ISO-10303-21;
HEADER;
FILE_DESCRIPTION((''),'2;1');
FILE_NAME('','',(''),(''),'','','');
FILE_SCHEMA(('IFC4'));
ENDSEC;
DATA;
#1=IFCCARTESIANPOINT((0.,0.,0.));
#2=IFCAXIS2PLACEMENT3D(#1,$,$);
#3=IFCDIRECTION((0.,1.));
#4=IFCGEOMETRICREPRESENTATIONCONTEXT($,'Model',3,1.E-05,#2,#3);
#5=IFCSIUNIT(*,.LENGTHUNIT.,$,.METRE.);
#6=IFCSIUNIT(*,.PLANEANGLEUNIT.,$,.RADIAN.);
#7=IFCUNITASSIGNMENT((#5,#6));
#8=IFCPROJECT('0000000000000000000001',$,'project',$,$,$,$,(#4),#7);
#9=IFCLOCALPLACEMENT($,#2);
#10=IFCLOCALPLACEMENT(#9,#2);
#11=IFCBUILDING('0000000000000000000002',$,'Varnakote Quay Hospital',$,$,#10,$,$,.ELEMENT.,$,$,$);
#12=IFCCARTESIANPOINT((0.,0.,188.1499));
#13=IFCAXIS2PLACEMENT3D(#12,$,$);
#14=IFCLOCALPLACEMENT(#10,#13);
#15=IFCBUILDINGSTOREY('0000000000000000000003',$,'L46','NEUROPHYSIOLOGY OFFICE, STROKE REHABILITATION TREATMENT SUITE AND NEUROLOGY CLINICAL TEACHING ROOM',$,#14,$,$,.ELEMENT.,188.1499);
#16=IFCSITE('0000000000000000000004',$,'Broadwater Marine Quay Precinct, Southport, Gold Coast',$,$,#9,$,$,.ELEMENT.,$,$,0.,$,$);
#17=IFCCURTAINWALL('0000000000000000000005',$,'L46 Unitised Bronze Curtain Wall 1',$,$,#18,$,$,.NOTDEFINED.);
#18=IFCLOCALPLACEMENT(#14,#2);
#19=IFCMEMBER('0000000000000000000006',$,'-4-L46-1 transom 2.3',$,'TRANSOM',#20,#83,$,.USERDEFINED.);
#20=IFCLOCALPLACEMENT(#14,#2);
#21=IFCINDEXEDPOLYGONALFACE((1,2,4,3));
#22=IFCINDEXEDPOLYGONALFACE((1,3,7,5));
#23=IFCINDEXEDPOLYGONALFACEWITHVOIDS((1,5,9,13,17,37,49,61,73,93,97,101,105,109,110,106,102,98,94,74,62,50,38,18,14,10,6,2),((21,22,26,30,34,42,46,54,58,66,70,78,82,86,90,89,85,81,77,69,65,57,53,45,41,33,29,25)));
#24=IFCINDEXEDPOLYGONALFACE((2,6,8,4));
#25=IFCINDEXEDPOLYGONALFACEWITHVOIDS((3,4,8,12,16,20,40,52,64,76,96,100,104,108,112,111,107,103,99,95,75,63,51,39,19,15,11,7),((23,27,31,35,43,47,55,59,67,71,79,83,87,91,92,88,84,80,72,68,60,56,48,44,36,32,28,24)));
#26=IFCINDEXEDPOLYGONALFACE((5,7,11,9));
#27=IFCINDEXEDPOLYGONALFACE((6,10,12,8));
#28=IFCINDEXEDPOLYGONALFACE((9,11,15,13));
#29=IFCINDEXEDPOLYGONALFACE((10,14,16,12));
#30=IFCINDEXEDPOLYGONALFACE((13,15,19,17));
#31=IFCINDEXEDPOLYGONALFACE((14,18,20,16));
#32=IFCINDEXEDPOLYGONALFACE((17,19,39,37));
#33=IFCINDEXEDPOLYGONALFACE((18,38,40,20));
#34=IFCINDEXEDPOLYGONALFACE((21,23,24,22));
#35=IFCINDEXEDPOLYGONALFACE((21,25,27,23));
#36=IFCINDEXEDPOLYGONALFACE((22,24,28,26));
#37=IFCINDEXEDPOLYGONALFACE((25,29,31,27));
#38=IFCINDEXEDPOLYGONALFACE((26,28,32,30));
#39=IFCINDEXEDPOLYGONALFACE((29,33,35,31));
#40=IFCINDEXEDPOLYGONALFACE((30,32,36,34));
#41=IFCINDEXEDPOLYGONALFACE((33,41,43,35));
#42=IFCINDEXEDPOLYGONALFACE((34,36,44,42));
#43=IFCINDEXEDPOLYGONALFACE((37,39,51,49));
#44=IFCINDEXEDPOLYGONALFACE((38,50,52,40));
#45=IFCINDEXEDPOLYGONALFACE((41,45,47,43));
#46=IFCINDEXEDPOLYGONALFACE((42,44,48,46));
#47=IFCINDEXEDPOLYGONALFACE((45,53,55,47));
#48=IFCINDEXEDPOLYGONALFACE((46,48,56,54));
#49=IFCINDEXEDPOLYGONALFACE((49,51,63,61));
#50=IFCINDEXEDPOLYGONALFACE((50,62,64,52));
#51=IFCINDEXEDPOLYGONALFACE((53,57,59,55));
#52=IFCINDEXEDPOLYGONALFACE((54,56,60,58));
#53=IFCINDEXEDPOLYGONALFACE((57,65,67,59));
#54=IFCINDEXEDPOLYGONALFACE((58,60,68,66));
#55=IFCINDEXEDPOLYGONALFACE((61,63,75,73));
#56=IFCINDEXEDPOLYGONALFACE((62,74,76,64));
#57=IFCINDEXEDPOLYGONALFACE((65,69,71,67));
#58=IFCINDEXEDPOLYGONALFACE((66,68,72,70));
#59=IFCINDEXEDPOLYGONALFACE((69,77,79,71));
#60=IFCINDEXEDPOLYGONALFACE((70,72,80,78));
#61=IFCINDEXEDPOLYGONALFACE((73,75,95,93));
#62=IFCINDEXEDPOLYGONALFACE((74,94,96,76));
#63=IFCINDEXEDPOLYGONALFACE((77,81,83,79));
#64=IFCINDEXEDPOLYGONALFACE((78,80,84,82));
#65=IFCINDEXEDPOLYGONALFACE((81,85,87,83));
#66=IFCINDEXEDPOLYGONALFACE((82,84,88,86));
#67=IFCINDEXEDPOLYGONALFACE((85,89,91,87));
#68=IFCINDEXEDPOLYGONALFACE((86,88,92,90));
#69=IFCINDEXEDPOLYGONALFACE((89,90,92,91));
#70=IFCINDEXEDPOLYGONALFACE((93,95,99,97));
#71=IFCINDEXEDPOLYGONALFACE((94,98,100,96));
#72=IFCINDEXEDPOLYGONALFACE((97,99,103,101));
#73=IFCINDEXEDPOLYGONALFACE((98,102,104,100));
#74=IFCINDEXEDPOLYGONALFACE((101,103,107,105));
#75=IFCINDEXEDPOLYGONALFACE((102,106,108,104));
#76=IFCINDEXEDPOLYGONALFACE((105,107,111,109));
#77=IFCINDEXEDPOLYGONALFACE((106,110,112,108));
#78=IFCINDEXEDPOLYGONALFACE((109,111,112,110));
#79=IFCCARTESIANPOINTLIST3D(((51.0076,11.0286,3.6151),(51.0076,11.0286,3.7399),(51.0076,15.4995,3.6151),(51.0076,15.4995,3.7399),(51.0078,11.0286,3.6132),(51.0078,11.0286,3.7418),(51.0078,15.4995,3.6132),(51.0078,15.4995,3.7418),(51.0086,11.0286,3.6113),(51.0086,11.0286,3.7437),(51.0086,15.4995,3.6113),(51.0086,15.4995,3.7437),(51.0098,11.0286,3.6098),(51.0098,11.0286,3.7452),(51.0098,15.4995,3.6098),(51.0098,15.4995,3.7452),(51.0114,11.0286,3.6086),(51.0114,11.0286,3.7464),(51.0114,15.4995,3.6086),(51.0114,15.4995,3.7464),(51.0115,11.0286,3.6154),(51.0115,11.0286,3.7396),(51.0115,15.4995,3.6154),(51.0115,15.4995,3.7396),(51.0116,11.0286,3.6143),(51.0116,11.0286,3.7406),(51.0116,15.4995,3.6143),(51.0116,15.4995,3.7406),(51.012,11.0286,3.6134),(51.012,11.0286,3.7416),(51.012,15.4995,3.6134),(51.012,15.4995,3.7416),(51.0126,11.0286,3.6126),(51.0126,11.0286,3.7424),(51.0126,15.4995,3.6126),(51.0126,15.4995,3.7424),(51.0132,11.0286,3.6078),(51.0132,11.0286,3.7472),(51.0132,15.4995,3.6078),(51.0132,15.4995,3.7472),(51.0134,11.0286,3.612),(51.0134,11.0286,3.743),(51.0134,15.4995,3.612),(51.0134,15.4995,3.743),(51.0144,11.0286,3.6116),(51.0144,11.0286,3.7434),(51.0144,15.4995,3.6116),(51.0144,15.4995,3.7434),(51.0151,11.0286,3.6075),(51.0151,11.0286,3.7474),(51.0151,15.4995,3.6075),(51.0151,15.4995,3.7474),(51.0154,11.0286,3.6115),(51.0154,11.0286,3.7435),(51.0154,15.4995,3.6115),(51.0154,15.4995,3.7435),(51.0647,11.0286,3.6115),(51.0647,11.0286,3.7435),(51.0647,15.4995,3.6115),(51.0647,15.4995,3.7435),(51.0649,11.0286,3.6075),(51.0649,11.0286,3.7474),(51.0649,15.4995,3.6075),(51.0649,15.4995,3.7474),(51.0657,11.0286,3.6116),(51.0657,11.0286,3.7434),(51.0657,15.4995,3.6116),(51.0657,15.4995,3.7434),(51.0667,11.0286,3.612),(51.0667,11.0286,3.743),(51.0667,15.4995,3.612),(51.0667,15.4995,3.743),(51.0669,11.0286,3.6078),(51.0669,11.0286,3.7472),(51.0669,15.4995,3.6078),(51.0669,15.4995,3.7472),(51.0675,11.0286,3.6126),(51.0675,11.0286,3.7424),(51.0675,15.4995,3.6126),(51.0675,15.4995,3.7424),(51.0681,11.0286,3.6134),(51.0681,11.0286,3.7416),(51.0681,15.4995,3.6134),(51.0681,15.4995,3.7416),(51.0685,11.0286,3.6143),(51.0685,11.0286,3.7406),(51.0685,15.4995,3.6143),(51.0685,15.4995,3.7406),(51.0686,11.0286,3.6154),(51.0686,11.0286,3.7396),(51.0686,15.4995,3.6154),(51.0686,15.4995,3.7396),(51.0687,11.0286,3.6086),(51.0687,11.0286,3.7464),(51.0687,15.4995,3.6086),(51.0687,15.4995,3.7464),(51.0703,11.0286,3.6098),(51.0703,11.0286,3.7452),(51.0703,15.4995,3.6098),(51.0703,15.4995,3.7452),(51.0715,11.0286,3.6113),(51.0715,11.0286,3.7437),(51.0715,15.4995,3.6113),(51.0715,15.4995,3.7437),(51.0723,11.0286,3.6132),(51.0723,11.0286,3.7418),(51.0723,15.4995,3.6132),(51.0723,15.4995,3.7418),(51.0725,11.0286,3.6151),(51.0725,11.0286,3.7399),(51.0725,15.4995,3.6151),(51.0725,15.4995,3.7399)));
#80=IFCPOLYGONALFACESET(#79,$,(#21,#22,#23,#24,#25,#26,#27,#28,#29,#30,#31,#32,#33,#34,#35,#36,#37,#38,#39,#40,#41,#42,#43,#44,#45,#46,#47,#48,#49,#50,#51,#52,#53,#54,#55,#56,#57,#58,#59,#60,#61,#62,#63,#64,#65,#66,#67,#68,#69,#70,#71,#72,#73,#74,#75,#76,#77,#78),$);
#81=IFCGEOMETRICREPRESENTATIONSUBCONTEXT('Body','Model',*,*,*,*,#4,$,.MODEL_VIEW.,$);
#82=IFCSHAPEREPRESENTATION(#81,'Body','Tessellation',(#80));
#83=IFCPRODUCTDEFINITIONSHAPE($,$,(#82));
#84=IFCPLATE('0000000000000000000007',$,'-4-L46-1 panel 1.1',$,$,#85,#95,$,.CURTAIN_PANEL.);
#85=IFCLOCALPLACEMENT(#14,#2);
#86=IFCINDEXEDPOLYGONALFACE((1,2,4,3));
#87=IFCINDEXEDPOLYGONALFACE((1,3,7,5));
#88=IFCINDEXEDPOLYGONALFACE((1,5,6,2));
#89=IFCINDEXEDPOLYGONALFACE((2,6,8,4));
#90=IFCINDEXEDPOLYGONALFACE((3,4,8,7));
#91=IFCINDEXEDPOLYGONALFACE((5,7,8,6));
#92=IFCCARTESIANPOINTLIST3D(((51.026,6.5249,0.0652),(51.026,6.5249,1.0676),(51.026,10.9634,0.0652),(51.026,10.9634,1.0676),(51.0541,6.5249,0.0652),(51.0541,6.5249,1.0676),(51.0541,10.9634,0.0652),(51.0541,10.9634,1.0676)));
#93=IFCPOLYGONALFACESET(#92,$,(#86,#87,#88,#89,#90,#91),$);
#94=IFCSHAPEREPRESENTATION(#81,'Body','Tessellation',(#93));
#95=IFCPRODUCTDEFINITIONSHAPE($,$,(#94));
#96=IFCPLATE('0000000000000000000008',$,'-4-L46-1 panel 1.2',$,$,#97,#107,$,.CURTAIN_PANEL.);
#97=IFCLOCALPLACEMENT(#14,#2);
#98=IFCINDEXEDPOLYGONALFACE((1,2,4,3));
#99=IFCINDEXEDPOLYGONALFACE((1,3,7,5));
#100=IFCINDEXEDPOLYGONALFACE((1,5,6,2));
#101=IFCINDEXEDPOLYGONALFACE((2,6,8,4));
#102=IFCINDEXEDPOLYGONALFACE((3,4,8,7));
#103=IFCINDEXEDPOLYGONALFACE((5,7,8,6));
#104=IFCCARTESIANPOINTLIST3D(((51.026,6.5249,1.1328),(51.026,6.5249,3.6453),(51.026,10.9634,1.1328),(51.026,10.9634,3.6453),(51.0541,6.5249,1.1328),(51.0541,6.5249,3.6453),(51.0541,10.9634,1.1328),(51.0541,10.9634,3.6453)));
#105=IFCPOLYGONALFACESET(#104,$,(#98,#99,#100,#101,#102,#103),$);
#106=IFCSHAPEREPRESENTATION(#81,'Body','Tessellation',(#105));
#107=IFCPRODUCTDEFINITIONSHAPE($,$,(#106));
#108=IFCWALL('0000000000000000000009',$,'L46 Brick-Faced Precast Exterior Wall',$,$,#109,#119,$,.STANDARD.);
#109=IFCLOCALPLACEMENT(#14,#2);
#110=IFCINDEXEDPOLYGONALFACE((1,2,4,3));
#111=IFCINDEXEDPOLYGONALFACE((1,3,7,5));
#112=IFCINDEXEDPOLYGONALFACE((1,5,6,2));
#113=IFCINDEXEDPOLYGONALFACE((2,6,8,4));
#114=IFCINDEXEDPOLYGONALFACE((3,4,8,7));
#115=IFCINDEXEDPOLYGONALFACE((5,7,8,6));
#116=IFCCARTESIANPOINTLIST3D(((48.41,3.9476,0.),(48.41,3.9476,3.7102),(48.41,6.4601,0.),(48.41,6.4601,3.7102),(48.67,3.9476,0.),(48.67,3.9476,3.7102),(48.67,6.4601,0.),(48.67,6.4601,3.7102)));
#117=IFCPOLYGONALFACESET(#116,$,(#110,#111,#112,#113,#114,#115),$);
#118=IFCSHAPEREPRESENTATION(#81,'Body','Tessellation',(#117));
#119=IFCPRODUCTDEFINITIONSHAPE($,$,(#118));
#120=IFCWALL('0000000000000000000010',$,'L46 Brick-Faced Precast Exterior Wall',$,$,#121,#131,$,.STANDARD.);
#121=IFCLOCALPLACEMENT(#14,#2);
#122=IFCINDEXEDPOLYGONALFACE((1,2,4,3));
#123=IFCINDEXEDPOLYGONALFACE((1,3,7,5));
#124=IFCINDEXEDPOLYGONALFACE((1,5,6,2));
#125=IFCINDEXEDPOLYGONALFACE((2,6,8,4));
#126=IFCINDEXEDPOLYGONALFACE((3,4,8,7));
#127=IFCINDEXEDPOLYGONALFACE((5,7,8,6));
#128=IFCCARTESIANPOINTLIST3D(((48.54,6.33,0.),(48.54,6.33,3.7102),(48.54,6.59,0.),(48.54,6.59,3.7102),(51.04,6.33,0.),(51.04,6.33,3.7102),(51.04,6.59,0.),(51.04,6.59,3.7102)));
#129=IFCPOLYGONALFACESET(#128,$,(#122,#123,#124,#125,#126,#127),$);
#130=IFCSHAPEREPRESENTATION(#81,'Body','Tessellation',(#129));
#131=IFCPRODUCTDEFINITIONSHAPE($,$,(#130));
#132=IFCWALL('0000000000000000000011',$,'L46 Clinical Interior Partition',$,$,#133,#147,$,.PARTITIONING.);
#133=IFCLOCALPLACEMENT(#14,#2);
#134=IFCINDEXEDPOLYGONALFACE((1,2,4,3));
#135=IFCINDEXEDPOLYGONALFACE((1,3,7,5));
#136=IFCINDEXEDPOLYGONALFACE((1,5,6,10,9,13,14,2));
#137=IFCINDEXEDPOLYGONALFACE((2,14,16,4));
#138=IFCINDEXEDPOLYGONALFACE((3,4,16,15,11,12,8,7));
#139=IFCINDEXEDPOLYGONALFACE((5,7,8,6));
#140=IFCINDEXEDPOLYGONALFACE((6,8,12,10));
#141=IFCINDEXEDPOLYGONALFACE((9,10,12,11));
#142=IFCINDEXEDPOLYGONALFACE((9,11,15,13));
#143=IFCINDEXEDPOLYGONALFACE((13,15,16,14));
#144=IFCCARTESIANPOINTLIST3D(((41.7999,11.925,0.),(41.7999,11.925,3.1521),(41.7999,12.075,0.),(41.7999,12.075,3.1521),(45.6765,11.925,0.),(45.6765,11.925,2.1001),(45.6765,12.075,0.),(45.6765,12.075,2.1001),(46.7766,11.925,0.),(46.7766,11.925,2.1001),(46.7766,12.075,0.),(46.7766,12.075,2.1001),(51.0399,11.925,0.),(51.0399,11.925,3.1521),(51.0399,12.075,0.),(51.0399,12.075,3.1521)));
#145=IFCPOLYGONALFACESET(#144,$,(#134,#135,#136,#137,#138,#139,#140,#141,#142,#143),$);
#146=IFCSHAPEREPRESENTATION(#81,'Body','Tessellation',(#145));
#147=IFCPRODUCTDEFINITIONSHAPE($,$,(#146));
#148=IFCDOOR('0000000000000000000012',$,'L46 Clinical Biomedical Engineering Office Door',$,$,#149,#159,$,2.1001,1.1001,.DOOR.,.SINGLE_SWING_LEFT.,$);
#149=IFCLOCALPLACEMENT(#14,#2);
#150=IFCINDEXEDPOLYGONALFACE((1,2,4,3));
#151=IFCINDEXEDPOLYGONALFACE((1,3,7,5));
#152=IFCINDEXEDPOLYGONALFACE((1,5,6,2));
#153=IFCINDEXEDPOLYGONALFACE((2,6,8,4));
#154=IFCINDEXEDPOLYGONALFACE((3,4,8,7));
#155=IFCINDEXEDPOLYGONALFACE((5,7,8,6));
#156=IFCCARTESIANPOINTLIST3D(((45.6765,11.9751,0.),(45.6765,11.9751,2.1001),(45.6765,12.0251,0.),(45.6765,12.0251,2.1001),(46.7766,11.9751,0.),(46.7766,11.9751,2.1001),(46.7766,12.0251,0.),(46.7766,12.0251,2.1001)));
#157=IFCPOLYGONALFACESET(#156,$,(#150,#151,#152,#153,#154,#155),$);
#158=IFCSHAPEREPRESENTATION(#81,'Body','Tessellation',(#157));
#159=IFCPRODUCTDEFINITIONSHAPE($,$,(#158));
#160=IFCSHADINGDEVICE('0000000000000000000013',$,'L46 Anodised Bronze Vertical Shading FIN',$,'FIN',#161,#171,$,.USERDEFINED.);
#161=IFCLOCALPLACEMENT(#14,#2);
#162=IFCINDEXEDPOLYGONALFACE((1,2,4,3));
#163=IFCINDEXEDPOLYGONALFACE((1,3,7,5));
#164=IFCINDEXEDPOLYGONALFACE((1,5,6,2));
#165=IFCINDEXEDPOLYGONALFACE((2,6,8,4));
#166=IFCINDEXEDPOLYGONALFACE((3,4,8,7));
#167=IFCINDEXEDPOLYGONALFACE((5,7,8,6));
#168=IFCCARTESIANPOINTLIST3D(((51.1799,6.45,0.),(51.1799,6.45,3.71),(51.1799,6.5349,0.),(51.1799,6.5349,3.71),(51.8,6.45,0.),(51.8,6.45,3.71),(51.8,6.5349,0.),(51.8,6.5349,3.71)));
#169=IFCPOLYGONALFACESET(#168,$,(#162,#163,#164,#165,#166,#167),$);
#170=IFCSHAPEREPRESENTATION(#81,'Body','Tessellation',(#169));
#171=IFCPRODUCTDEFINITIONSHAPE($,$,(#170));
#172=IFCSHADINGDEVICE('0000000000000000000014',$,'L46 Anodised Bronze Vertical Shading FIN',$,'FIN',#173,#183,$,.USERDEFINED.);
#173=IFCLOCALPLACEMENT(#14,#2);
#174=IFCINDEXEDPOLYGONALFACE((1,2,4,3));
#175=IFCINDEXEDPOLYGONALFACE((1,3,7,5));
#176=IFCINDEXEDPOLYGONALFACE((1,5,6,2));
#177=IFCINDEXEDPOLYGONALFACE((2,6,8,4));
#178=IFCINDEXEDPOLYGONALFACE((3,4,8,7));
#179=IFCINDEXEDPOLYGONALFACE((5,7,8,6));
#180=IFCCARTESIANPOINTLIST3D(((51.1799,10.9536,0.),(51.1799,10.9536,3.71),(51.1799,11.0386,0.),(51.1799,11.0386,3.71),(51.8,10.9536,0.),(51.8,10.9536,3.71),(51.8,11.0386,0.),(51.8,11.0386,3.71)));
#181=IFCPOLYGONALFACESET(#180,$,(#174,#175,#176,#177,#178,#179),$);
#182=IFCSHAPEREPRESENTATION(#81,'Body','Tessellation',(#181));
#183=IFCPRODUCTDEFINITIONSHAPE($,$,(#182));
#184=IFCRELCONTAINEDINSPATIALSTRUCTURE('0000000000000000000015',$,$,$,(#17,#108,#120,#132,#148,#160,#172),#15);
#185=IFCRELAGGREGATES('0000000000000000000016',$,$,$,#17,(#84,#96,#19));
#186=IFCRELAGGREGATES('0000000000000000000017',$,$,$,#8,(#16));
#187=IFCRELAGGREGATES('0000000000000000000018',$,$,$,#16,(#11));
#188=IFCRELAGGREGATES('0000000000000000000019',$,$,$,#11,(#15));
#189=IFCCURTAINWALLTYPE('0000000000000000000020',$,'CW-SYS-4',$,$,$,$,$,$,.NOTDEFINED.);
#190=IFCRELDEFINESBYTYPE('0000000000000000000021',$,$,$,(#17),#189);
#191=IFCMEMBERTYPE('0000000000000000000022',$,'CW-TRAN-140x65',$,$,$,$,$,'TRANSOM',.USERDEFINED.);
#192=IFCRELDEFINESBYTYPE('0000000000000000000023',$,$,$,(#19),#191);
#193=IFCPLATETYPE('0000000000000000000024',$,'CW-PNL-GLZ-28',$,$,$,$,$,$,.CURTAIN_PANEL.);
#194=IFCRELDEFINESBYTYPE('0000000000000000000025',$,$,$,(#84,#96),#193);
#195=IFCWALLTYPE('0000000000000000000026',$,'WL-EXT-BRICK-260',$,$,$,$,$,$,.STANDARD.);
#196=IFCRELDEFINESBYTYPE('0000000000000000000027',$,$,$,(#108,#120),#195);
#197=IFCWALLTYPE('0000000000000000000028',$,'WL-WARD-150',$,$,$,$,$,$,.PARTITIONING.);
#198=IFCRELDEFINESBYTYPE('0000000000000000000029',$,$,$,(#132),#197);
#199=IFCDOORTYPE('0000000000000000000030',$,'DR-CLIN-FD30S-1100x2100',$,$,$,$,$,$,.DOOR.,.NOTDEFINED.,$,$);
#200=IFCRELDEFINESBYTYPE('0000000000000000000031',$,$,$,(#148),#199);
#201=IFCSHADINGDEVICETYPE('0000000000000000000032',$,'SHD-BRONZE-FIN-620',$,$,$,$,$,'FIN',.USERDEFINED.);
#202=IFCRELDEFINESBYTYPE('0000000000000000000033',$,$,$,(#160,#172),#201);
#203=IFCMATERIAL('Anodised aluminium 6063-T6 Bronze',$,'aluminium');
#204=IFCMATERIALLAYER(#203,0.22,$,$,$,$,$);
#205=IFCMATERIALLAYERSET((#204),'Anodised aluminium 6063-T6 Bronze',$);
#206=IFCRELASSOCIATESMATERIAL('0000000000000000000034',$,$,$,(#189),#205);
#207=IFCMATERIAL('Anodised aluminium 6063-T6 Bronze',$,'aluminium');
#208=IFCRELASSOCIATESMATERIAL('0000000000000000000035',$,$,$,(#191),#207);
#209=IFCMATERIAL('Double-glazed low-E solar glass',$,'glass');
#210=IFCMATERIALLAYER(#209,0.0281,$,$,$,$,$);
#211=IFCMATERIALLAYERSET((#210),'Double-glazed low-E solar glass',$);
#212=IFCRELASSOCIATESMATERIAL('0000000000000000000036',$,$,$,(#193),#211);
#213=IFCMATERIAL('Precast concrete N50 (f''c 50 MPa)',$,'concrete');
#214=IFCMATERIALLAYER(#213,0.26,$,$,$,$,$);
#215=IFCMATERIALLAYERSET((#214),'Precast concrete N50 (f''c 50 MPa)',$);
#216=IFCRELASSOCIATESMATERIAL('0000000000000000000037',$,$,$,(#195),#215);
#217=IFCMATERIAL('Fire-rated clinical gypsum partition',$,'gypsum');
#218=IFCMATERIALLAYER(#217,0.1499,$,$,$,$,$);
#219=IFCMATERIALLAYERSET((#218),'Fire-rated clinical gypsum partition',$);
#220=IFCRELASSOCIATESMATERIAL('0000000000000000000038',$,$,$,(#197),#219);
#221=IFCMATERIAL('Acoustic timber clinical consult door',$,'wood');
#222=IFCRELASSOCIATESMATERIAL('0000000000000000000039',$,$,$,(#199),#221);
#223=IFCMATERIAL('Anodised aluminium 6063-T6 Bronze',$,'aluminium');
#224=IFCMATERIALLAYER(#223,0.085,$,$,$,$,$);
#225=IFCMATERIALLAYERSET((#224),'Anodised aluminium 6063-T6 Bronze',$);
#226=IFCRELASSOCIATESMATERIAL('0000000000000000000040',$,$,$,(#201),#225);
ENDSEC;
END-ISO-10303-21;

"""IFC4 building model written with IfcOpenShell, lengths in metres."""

from ifc_helpers import new_model, si_unit, direction, frame, frame_2d, origin, origin_2d, place, context, subcontext, project, spatial, rectangle, hollow_rectangle, extrude, material, layer, layer_set, material_profile, profile_set, type_object, element, fill, aggregate, save


model = new_model("IFC4")

# Units and contexts
model_context = context("Model", 3, precision=1e-05, world=origin(), true_north=direction((0.0, 1.0)))
body_context = subcontext(model_context, "Body", "Model", "MODEL_VIEW")
ifc_project = project(units=[si_unit("LENGTHUNIT", "METRE"), si_unit("PLANEANGLEUNIT", "RADIAN")], contexts=[model_context])

# Site, building, storey
site_placement = place(None, origin())
site = spatial("IfcSite", under=ifc_project, at=site_placement, Name="Broadwater Marine Quay Precinct, Southport, Gold Coast", CompositionType="ELEMENT", RefElevation=0.0)
building_placement = place(site_placement, origin())
building = spatial("IfcBuilding", under=site, at=building_placement, Name="Varnakote Quay Hospital", CompositionType="ELEMENT")
storey_placement = place(building_placement, frame((0.0, 0.0, 188.1499)))
storey = spatial("IfcBuildingStorey", under=building, at=storey_placement, Name="L46", Description="NEUROPHYSIOLOGY OFFICE, STROKE REHABILITATION TREATMENT SUITE AND NEUROLOGY CLINICAL TEACHING ROOM", CompositionType="ELEMENT", Elevation=188.1499)

# Curtain wall, member, plates
ifc_material_1 = material(Name="Anodised aluminium 6063-T6 Bronze", Category="aluminium")
ifc_layer_1 = layer(ifc_material_1, 0.22)
ifc_layer_set_1 = layer_set([ifc_layer_1], Name="Anodised aluminium 6063-T6 Bronze")
curtain_wall_type = type_object("IfcCurtainWallType", Name="CW-SYS-4", PredefinedType="NOTDEFINED", material=ifc_layer_set_1)
curtain_wall_placement = place(storey_placement, origin())
curtain_wall = element("IfcCurtainWall", 1, at=curtain_wall_placement, inside=storey, type_object=curtain_wall_type, Name="L46 Unitised Bronze Curtain Wall 1", PredefinedType="NOTDEFINED")
ifc_material_2 = material(Name="Anodised aluminium 6063-T6 Bronze", Category="aluminium")
ifc_material_profile_1 = material_profile(ifc_material_2, hollow_rectangle(XDim=0.0649, YDim=0.1399, WallThickness=0.0039, InnerFilletRadius=0.0039, OuterFilletRadius=0.0076, at=origin_2d()), Name="CW-TRAN-140x65")
ifc_profile_set_1 = profile_set([ifc_material_profile_1], Name="Anodised aluminium 6063-T6 Bronze")
member_type_1 = type_object("IfcMemberType", Name="CW-TRAN-140x65", ElementType="TRANSOM", PredefinedType="USERDEFINED", material=ifc_profile_set_1)
member_1_placement = place(storey_placement, frame((51.04, 11.0286, 3.6775), z_axis=(0.0, 1.0, 0.0), x_axis=(-1.0, 0.0, 0.0)))
member_1 = element("IfcMember", 2, at=member_1_placement, type_object=member_type_1, Name="-4-L46-1 transom 2.3", ObjectType="TRANSOM", PredefinedType="USERDEFINED", context=body_context, shape_type="SweptSolid", body=[
    extrude(hollow_rectangle(XDim=0.0649, YDim=0.1399, WallThickness=0.0039, InnerFilletRadius=0.0039, OuterFilletRadius=0.0076, at=origin_2d()), origin(), (0.0, 0.0, 1.0), 4.4709),
])
ifc_material_3 = material(Name="Double-glazed low-E solar glass", Category="glass")
ifc_layer_2 = layer(ifc_material_3, 0.0281)
ifc_layer_set_2 = layer_set([ifc_layer_2], Name="Double-glazed low-E solar glass")
plate_type = type_object("IfcPlateType", Name="CW-PNL-GLZ-28", PredefinedType="CURTAIN_PANEL", material=ifc_layer_set_2)
plate_1_placement = place(storey_placement, frame((51.04, 8.7441, 0.0652), z_axis=(0.0, 0.0, 1.0), x_axis=(0.0, 1.0, 0.0)))
plate_1 = element("IfcPlate", 3, at=plate_1_placement, type_object=plate_type, Name="-4-L46-1 panel 1.1", PredefinedType="CURTAIN_PANEL", context=body_context, shape_type="SweptSolid", body=[
    extrude(rectangle(XDim=4.4385, YDim=0.0281, at=origin_2d()), origin(), (0.0, 0.0, 1.0), 1.0024),
])
plate_2_placement = place(storey_placement, frame((51.04, 8.7441, 1.1328), z_axis=(0.0, 0.0, 1.0), x_axis=(0.0, 1.0, 0.0)))
plate_2 = element("IfcPlate", 4, at=plate_2_placement, type_object=plate_type, Name="-4-L46-1 panel 1.2", PredefinedType="CURTAIN_PANEL", context=body_context, shape_type="SweptSolid", body=[
    extrude(rectangle(XDim=4.4385, YDim=0.0281, at=origin_2d()), origin(), (0.0, 0.0, 1.0), 2.5125),
])
aggregate(curtain_wall, [plate_1, plate_2, member_1])

# Walls
ifc_material_4 = material(Name="Precast concrete N50 (f'c 50 MPa)", Category="concrete")
ifc_layer_3 = layer(ifc_material_4, 0.26)
ifc_layer_set_3 = layer_set([ifc_layer_3], Name="Precast concrete N50 (f'c 50 MPa)")
wall_type_1 = type_object("IfcWallType", Name="WL-EXT-BRICK-260", PredefinedType="STANDARD", material=ifc_layer_set_3)
wall_1_placement = place(storey_placement, frame((48.54, 3.9475, 0.0), z_axis=(0.0, 0.0, 1.0), x_axis=(0.0, 1.0, 0.0)))
element("IfcWall", 5, at=wall_1_placement, inside=storey, type_object=wall_type_1, Name="L46 Brick-Faced Precast Exterior Wall", PredefinedType="STANDARD", context=body_context, shape_type="SweptSolid", body=[
    extrude(rectangle(XDim=2.5125, YDim=0.26, at=frame_2d((1.2563, 0.0))), origin(), (0.0, 0.0, 1.0), 3.7102),
])
wall_2_placement = place(storey_placement, frame((48.54, 6.46, 0.0), z_axis=(0.0, 0.0, 1.0), x_axis=(1.0, 0.0, 0.0)))
element("IfcWall", 6, at=wall_2_placement, inside=storey, type_object=wall_type_1, Name="L46 Brick-Faced Precast Exterior Wall", PredefinedType="STANDARD", context=body_context, shape_type="SweptSolid", body=[
    extrude(rectangle(XDim=2.5, YDim=0.26, at=frame_2d((1.25, 0.0))), origin(), (0.0, 0.0, 1.0), 3.7102),
])

# Wall, opening, door
ifc_material_5 = material(Name="Fire-rated clinical gypsum partition", Category="gypsum")
ifc_layer_4 = layer(ifc_material_5, 0.1499)
ifc_layer_set_4 = layer_set([ifc_layer_4], Name="Fire-rated clinical gypsum partition")
wall_type_2 = type_object("IfcWallType", Name="WL-WARD-150", PredefinedType="PARTITIONING", material=ifc_layer_set_4)
wall_3_placement = place(storey_placement, frame((51.04, 12.0, 0.0), z_axis=(0.0, 0.0, 1.0), x_axis=(-1.0, 0.0, 0.0)))
wall_3 = element("IfcWall", 7, at=wall_3_placement, inside=storey, type_object=wall_type_2, Name="L46 Clinical Interior Partition", PredefinedType="PARTITIONING", context=body_context, shape_type="SweptSolid", body=[
    extrude(rectangle(XDim=9.24, YDim=0.1499, at=frame_2d((4.6201, 0.0))), origin(), (0.0, 0.0, 1.0), 3.1521),
])
opening_placement = place(wall_3_placement, frame((4.2634, 0.0, 0.0)))
opening = element("IfcOpeningElement", 8, at=opening_placement, cuts=wall_3, PredefinedType="OPENING", context=body_context, shape_type="SweptSolid", body=[
    extrude(rectangle(XDim=1.1001, YDim=2.1001, at=frame_2d((0.55, 1.05))), frame((0.0, 0.085, 0.0), z_axis=(0.0, -1.0, 0.0), x_axis=(1.0, 0.0, 0.0)), (0.0, 0.0, 1.0), 0.1699),
])
ifc_material_6 = material(Name="Acoustic timber clinical consult door", Category="wood")
door_type = type_object("IfcDoorType", Name="DR-CLIN-FD30S-1100x2100", OperationType="NOTDEFINED", PredefinedType="DOOR", material=ifc_material_6)
door_placement = place(opening_placement, origin())
door = element("IfcDoor", 9, at=door_placement, inside=storey, type_object=door_type, Name="L46 Clinical Biomedical Engineering Office Door", OperationType="SINGLE_SWING_LEFT", OverallHeight=2.1001, OverallWidth=1.1001, PredefinedType="DOOR", context=body_context, shape_type="SweptSolid", body=[
    extrude(rectangle(XDim=1.1001, YDim=2.1001, at=frame_2d((0.55, 1.05))), frame((0.0, 0.0249, 0.0), z_axis=(0.0, -1.0, 0.0), x_axis=(1.0, 0.0, 0.0)), (0.0, 0.0, 1.0), 0.05),
])
fill(opening, door)

# Shading devices
ifc_material_7 = material(Name="Anodised aluminium 6063-T6 Bronze", Category="aluminium")
ifc_layer_5 = layer(ifc_material_7, 0.085)
ifc_layer_set_5 = layer_set([ifc_layer_5], Name="Anodised aluminium 6063-T6 Bronze")
shading_device_type = type_object("IfcShadingDeviceType", Name="SHD-BRONZE-FIN-620", ElementType="FIN", PredefinedType="USERDEFINED", material=ifc_layer_set_5)
for number, where, z_axis, x_axis, name in (
    (10, (51.49, 6.4924, 0.0), (0.0, 0.0, 1.0), (-1.0, 0.0, 0.0), "L46 Anodised Bronze Vertical Shading FIN"),
    (11, (51.49, 10.9961, 0.0), (0.0, 0.0, 1.0), (-1.0, 0.0, 0.0), "L46 Anodised Bronze Vertical Shading FIN"),
):
    element("IfcShadingDevice", number, at=place(storey_placement, frame(where, z_axis=z_axis, x_axis=x_axis)), inside=storey, type_object=shading_device_type, Name=name, ObjectType="FIN", PredefinedType="USERDEFINED", context=body_context, shape_type="SweptSolid", body=[
        extrude(rectangle(XDim=0.6201, YDim=0.085, at=origin_2d()), origin(), (0.0, 0.0, 1.0), 3.71),
    ])

save(model, "model.ifc")
